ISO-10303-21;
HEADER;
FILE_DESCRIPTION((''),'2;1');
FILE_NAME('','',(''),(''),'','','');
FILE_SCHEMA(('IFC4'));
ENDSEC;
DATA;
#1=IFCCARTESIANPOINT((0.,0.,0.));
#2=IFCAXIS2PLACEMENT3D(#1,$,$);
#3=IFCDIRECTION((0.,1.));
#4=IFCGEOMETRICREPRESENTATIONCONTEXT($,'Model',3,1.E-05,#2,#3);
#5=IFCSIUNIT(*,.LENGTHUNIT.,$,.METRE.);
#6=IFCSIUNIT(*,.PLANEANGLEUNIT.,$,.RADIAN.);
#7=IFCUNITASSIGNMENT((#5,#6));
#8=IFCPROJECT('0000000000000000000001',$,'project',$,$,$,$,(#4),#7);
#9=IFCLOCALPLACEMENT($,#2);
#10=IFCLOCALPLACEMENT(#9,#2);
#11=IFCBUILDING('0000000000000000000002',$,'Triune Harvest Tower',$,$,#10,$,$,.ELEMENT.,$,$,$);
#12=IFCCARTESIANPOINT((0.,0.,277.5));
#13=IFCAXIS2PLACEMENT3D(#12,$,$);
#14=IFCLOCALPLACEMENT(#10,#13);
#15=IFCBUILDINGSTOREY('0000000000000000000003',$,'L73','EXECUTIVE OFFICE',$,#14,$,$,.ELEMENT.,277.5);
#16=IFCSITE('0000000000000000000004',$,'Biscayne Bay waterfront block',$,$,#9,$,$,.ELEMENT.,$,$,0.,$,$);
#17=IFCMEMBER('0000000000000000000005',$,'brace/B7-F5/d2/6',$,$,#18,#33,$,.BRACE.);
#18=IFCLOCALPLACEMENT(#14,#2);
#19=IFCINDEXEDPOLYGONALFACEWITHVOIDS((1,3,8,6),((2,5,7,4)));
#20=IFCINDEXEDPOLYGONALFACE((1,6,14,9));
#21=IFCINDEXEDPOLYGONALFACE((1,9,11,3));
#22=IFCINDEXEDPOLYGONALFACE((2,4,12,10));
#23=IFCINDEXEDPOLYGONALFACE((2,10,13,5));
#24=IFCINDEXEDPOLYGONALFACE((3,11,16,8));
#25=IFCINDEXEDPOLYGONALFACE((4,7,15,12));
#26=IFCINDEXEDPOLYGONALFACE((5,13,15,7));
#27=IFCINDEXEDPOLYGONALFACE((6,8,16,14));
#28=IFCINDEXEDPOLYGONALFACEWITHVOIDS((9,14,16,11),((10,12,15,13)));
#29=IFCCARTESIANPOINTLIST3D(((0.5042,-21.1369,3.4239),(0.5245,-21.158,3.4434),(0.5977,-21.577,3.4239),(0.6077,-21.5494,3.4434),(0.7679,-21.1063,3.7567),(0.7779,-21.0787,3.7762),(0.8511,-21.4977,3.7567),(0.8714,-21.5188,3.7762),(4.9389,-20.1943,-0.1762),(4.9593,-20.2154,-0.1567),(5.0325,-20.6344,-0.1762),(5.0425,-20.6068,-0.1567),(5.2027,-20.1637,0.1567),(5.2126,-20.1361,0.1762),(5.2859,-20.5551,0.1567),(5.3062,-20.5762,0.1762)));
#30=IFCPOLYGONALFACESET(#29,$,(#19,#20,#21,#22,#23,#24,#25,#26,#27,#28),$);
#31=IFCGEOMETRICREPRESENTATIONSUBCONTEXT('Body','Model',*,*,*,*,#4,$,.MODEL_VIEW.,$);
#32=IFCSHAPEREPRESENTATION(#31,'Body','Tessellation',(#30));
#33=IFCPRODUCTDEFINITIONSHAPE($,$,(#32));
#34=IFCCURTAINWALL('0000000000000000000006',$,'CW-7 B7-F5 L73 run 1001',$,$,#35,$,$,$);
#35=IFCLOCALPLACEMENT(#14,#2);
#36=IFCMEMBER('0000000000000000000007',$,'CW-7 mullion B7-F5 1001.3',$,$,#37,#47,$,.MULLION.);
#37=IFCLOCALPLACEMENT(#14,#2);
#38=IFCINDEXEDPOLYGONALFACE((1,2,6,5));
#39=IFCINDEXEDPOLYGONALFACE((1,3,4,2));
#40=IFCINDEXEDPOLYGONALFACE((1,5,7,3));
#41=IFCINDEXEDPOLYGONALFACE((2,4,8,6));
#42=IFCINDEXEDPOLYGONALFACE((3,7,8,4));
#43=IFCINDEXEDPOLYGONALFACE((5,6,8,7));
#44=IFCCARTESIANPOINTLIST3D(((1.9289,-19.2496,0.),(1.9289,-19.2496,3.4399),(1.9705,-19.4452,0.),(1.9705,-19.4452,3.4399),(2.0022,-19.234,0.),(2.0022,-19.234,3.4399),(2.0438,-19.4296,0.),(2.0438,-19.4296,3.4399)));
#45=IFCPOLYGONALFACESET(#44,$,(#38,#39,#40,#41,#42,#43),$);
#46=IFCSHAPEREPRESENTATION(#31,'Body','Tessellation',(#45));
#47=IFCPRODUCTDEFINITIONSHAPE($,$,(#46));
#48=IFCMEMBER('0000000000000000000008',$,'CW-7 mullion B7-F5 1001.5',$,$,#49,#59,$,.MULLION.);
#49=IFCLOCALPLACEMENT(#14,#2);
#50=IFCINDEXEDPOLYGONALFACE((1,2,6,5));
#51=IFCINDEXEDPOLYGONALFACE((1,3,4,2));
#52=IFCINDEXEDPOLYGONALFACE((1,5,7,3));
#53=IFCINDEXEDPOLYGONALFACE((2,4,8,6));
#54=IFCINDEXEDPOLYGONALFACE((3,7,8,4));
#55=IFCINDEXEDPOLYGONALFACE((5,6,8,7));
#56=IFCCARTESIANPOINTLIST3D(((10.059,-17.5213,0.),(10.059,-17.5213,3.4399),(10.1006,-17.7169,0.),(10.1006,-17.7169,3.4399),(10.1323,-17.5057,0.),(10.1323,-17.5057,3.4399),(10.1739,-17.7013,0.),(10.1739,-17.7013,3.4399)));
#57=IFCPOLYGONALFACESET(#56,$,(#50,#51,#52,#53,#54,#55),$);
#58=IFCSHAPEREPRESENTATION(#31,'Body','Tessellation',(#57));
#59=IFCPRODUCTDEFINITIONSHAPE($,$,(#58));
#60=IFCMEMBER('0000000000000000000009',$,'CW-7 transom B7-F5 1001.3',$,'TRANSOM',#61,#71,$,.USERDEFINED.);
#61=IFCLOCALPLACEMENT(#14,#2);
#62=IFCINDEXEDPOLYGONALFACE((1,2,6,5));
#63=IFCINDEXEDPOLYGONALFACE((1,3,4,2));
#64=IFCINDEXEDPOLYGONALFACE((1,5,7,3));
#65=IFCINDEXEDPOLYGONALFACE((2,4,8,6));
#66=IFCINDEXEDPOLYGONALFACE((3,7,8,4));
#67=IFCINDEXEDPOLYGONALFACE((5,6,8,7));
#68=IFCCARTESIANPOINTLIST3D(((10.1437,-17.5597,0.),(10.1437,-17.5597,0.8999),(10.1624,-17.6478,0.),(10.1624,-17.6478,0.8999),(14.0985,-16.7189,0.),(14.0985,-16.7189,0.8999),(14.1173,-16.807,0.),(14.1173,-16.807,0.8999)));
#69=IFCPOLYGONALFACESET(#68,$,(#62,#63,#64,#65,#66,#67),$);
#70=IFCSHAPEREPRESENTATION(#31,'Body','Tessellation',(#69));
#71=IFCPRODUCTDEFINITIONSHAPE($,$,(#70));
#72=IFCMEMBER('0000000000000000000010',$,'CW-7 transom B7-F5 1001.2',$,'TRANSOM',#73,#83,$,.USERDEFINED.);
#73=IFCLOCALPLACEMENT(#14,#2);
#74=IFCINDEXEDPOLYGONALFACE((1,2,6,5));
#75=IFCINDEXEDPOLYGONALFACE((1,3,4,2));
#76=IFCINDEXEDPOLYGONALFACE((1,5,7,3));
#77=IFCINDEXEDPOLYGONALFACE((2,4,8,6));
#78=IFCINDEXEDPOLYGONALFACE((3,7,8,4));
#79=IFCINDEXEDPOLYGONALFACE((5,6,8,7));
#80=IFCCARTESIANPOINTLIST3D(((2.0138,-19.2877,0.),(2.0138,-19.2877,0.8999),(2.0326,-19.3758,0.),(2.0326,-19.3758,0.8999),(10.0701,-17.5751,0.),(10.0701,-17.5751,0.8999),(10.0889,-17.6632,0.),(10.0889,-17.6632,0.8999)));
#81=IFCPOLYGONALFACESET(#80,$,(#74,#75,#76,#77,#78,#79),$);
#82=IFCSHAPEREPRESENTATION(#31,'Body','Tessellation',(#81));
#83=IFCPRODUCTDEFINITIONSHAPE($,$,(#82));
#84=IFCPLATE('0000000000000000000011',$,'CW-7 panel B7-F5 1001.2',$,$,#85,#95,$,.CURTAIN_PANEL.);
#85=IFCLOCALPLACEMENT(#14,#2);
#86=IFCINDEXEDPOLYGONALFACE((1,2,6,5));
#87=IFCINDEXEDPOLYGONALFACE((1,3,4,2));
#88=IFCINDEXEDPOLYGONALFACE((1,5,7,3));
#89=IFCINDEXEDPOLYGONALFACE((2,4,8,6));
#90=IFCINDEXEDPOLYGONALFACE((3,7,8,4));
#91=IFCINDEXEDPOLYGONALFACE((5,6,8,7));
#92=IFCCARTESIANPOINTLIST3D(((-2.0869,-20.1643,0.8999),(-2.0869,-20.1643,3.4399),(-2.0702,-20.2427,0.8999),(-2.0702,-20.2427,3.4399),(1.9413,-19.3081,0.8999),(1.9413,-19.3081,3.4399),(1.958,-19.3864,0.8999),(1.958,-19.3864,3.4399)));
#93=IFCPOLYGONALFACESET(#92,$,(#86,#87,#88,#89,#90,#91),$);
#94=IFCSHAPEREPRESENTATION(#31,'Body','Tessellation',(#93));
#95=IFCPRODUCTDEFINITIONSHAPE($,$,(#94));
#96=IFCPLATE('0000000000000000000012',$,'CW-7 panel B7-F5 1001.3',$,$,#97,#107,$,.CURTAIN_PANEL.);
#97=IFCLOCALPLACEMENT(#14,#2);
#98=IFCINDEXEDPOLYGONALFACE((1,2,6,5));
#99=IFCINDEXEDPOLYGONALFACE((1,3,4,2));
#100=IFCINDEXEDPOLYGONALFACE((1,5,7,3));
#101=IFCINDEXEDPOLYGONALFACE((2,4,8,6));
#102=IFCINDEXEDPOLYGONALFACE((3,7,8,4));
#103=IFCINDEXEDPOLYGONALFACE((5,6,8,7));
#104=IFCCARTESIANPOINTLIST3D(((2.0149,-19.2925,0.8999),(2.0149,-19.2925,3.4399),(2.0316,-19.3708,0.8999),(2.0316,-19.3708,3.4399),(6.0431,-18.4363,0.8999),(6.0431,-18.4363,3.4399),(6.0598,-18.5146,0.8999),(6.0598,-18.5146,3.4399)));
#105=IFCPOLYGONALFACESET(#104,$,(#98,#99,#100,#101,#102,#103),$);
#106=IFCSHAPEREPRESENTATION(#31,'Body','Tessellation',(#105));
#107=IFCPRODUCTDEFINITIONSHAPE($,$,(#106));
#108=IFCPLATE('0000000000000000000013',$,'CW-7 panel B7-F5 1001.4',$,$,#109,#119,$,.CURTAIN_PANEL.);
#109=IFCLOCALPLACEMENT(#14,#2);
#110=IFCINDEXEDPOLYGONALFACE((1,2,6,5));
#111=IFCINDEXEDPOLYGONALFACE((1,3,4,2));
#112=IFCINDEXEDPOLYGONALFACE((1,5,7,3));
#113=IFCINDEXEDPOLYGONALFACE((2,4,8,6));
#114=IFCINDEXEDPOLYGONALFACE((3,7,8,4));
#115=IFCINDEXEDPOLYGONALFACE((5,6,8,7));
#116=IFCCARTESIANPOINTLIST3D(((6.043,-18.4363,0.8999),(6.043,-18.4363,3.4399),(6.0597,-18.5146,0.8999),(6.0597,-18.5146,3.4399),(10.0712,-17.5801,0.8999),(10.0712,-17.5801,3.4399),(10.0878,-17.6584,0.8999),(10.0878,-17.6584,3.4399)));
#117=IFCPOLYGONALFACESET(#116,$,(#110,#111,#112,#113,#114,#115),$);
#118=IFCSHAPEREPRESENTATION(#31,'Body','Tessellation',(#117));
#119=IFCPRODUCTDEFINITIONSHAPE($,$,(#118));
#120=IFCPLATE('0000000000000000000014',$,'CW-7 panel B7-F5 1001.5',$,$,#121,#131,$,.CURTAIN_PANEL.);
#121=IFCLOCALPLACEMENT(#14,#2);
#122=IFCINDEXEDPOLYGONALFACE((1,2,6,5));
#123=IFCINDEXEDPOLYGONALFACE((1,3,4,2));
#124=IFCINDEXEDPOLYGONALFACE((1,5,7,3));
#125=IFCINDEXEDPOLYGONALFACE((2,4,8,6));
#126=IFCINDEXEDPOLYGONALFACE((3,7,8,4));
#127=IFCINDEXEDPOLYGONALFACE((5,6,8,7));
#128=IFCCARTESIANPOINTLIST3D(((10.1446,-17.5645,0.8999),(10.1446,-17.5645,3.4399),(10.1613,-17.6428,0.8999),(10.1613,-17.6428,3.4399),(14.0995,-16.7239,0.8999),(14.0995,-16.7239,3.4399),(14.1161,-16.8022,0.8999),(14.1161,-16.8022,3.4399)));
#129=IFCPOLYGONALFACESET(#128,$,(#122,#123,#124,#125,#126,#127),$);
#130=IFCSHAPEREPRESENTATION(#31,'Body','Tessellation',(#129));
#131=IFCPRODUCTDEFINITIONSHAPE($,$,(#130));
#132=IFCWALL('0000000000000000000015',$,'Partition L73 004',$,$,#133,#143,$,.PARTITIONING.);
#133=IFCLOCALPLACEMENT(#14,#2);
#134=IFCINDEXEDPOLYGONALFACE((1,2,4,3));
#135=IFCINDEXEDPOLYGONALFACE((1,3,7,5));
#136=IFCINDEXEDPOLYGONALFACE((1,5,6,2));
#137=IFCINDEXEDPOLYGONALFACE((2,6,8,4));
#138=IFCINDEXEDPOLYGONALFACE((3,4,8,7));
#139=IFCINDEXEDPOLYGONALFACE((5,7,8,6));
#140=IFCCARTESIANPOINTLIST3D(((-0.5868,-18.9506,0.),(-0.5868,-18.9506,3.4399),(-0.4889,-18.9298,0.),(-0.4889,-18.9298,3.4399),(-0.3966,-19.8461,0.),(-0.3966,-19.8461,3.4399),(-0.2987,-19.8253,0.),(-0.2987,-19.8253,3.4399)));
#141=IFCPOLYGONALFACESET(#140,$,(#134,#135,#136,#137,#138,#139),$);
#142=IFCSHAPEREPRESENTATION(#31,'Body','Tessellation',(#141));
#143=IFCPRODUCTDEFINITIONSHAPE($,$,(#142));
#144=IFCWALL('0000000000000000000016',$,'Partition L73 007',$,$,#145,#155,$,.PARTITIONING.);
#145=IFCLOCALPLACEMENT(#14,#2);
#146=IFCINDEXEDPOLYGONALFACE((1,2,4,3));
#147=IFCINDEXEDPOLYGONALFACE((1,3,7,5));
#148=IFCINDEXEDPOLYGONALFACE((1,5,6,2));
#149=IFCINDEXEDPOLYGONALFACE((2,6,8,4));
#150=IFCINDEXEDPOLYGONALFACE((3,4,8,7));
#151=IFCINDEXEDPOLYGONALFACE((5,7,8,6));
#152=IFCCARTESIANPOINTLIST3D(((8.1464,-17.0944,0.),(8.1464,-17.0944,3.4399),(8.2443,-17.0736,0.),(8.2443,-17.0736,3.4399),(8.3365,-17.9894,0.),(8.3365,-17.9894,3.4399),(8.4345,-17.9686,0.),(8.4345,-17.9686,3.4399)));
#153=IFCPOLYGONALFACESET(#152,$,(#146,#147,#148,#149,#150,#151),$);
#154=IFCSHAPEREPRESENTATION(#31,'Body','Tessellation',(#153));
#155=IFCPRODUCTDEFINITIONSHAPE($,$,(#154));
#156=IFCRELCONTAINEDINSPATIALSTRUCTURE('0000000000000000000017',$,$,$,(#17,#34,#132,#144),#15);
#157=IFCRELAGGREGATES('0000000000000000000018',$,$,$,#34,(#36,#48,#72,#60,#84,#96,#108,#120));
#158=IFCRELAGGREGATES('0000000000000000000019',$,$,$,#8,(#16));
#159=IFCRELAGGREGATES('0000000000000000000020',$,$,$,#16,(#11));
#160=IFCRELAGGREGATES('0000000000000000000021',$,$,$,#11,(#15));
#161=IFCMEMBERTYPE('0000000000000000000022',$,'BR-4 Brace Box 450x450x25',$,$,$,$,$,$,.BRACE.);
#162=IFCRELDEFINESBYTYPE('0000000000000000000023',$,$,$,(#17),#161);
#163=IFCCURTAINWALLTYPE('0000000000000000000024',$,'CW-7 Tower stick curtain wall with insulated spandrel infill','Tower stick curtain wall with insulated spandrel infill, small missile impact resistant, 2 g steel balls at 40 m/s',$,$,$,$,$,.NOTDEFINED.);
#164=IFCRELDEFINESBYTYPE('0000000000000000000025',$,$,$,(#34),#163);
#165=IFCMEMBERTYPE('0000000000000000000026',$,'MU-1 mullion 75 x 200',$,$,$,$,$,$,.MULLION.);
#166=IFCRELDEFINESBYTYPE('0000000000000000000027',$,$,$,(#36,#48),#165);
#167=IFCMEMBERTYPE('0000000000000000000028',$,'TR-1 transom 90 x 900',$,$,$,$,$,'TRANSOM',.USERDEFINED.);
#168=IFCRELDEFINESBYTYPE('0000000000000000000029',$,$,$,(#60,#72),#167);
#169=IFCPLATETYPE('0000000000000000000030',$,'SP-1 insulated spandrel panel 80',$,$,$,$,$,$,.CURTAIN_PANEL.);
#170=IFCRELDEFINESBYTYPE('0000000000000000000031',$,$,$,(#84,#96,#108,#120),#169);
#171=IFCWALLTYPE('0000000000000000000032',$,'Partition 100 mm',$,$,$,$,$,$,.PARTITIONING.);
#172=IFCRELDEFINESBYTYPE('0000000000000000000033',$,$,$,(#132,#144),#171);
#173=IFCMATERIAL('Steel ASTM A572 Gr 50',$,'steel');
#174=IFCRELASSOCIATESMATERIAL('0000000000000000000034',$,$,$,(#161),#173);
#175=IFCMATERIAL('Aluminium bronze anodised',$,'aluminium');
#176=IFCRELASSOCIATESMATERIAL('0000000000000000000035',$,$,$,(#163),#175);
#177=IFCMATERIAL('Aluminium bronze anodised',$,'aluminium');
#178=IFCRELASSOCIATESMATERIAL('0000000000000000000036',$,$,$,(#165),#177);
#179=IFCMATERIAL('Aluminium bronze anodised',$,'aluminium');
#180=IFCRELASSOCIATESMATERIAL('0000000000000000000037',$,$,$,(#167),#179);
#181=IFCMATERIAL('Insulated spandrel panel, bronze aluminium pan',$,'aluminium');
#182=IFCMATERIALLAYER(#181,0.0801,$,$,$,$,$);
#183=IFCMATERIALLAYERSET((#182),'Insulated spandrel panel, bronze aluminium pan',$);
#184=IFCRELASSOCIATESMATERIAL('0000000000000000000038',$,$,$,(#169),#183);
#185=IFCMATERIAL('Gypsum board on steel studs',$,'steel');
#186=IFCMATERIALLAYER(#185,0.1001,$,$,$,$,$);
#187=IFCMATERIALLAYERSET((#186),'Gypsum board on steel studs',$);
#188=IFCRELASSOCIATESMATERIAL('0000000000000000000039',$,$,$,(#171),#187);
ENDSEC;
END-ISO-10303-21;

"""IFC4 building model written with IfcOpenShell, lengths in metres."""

from ifc_helpers import new_model, si_unit, direction, frame, frame_2d, origin, origin_2d, place, context, subcontext, project, spatial, rectangle, hollow_rectangle, extrude, source, transform, mapped, material, layer, layer_set, material_profile, profile_set, type_object, element, aggregate, save


model = new_model("IFC4")

# Units and contexts
model_context = context("Model", 3, precision=1e-05, world=origin(), true_north=direction((0.0, 1.0)))
body_context = subcontext(model_context, "Body", "Model", "MODEL_VIEW")
ifc_project = project(units=[si_unit("LENGTHUNIT", "METRE"), si_unit("PLANEANGLEUNIT", "RADIAN")], contexts=[model_context])

# Site, building, storey
site_placement = place(None, origin())
site = spatial("IfcSite", under=ifc_project, at=site_placement, Name="Biscayne Bay waterfront block", CompositionType="ELEMENT", RefElevation=0.0)
building_placement = place(site_placement, origin())
building = spatial("IfcBuilding", under=site, at=building_placement, Name="Triune Harvest Tower", CompositionType="ELEMENT")
storey_placement = place(building_placement, frame((0.0, 0.0, 277.5)))
storey = spatial("IfcBuildingStorey", under=building, at=storey_placement, Name="L73", Description="EXECUTIVE OFFICE", CompositionType="ELEMENT", Elevation=277.5)

# Member
ifc_material_1 = material(Name="Steel ASTM A572 Gr 50", Category="steel")
ifc_material_profile_1 = material_profile(ifc_material_1, hollow_rectangle(XDim=0.45, YDim=0.45, WallThickness=0.0249, at=origin_2d()), Name="Box 450x450x25")
ifc_profile_set_1 = profile_set([ifc_material_profile_1], Name="Steel ASTM A572 Gr 50")
member_type_1 = type_object("IfcMemberType", Name="BR-4 Brace Box 450x450x25", PredefinedType="BRACE", material=ifc_profile_set_1)
shared_shape_1 = source(origin(), body_context, "Body", "SweptSolid", [
    extrude(hollow_rectangle(XDim=0.45, YDim=0.45, WallThickness=0.0249, at=origin_2d()), origin(), (0.0, 0.0, 1.0), 5.7893),
])
for number, where, z_axis, x_axis, name in (
    (1, (5.1226, -20.3853, 0.0), (-0.766027, -0.16282, 0.621846), (0.207907, -0.978149, 0.0), "brace/B7-F5/d2/6"),
):
    element("IfcMember", number, at=place(storey_placement, frame(where, z_axis=z_axis, x_axis=x_axis)), inside=storey, type_object=member_type_1, Name=name, PredefinedType="BRACE", context=body_context, shape_type="MappedRepresentation", body=[
        mapped(shared_shape_1, transform((0.0, 0.0, 0.0), scale=1.0)),
    ])

# Curtain wall, members, plates
ifc_material_2 = material(Name="Aluminium bronze anodised", Category="aluminium")
curtain_wall_type = type_object("IfcCurtainWallType", Name="CW-7 Tower stick curtain wall with insulated spandrel infill", Description="Tower stick curtain wall with insulated spandrel infill, small missile impact resistant, 2 g steel balls at 40 m/s", PredefinedType="NOTDEFINED", material=ifc_material_2)
curtain_wall_placement = place(storey_placement, origin())
curtain_wall = element("IfcCurtainWall", 2, at=curtain_wall_placement, inside=storey, type_object=curtain_wall_type, Name="CW-7 B7-F5 L73 run 1001")
ifc_material_3 = material(Name="Aluminium bronze anodised", Category="aluminium")
ifc_material_profile_2 = material_profile(ifc_material_3, rectangle(XDim=0.2, YDim=0.075, at=origin_2d()), Name="MU-1 mullion 75 x 200")
ifc_profile_set_2 = profile_set([ifc_material_profile_2], Name="Aluminium bronze anodised")
member_type_2 = type_object("IfcMemberType", Name="MU-1 mullion 75 x 200", PredefinedType="MULLION", material=ifc_profile_set_2)
shared_shape_2 = source(origin(), body_context, "Body", "SweptSolid", [
    extrude(rectangle(XDim=0.2, YDim=0.075, at=origin_2d()), origin(), (0.0, 0.0, 1.0), 3.4399),
])
member_1_placement = place(storey_placement, frame((1.9863, -19.3396, 0.0), z_axis=(0.0, 0.0, 1.0), x_axis=(-0.207913, 0.978147, 0.0)))
member_1 = element("IfcMember", 3, at=member_1_placement, type_object=member_type_2, Name="CW-7 mullion B7-F5 1001.3", PredefinedType="MULLION", context=body_context, shape_type="MappedRepresentation", body=[
    mapped(shared_shape_2, transform((0.0, 0.0, 0.0), scale=1.0)),
])
member_2_placement = place(storey_placement, frame((10.1165, -17.6113, 0.0), z_axis=(0.0, 0.0, 1.0), x_axis=(-0.207913, 0.978147, 0.0)))
member_2 = element("IfcMember", 4, at=member_2_placement, type_object=member_type_2, Name="CW-7 mullion B7-F5 1001.5", PredefinedType="MULLION", context=body_context, shape_type="MappedRepresentation", body=[
    mapped(shared_shape_2, transform((0.0, 0.0, 0.0), scale=1.0)),
])
ifc_material_4 = material(Name="Aluminium bronze anodised", Category="aluminium")
ifc_material_profile_3 = material_profile(ifc_material_4, rectangle(XDim=0.0901, YDim=0.8999, at=origin_2d()), Name="TR-1 transom 90 x 900")
ifc_profile_set_3 = profile_set([ifc_material_profile_3], Name="Aluminium bronze anodised")
member_type_3 = type_object("IfcMemberType", Name="TR-1 transom 90 x 900", ElementType="TRANSOM", PredefinedType="USERDEFINED", material=ifc_profile_set_3)
shared_shape_3 = source(origin(), body_context, "Body", "SweptSolid", [
    extrude(rectangle(XDim=0.0901, YDim=0.8999, at=origin_2d()), origin(), (0.0, 0.0, 1.0), 4.0432),
])
member_3_placement = place(storey_placement, frame((10.1531, -17.6038, 0.45), z_axis=(0.978138, 0.207958, 0.0), x_axis=(-0.207958, 0.978138, 0.0)))
member_3 = element("IfcMember", 5, at=member_3_placement, type_object=member_type_3, Name="CW-7 transom B7-F5 1001.3", ObjectType="TRANSOM", PredefinedType="USERDEFINED", context=body_context, shape_type="MappedRepresentation", body=[
    mapped(shared_shape_3, transform((0.0, 0.0, 0.0), scale=1.0)),
])
shared_shape_4 = source(origin(), body_context, "Body", "SweptSolid", [
    extrude(rectangle(XDim=0.0901, YDim=0.8999, at=origin_2d()), origin(), (0.0, 0.0, 1.0), 8.2363),
])
member_4_placement = place(storey_placement, frame((2.0232, -19.3318, 0.45), z_axis=(0.978143, 0.207936, 0.0), x_axis=(-0.207936, 0.978143, 0.0)))
member_4 = element("IfcMember", 6, at=member_4_placement, type_object=member_type_3, Name="CW-7 transom B7-F5 1001.2", ObjectType="TRANSOM", PredefinedType="USERDEFINED", context=body_context, shape_type="MappedRepresentation", body=[
    mapped(shared_shape_4, transform((0.0, 0.0, 0.0), scale=1.0)),
])
ifc_material_5 = material(Name="Insulated spandrel panel, bronze aluminium pan", Category="aluminium")
ifc_layer_1 = layer(ifc_material_5, 0.0801)
ifc_layer_set_1 = layer_set([ifc_layer_1], Name="Insulated spandrel panel, bronze aluminium pan")
plate_type = type_object("IfcPlateType", Name="SP-1 insulated spandrel panel 80", PredefinedType="CURTAIN_PANEL", material=ifc_layer_set_1)
shared_shape_5 = source(origin(), body_context, "Body", "SweptSolid", [
    extrude(rectangle(XDim=4.1182, YDim=0.0801, at=origin_2d()), origin(), (0.0, 0.0, 1.0), 2.54),
])
plate_1_placement = place(storey_placement, frame((-0.0645, -19.7754, 0.8999), z_axis=(0.0, 0.0, 1.0), x_axis=(0.978147, 0.207913, 0.0)))
plate_1 = element("IfcPlate", 7, at=plate_1_placement, type_object=plate_type, Name="CW-7 panel B7-F5 1001.2", PredefinedType="CURTAIN_PANEL", context=body_context, shape_type="MappedRepresentation", body=[
    mapped(shared_shape_5, transform((0.0, 0.0, 0.0), scale=1.0)),
])
plate_2_placement = place(storey_placement, frame((4.0374, -18.9036, 0.8999), z_axis=(0.0, 0.0, 1.0), x_axis=(0.978147, 0.207913, 0.0)))
plate_2 = element("IfcPlate", 8, at=plate_2_placement, type_object=plate_type, Name="CW-7 panel B7-F5 1001.3", PredefinedType="CURTAIN_PANEL", context=body_context, shape_type="MappedRepresentation", body=[
    mapped(shared_shape_5, transform((0.0, 0.0, 0.0), scale=1.0)),
])
plate_3_placement = place(storey_placement, frame((8.0654, -18.0474, 0.8999), z_axis=(0.0, 0.0, 1.0), x_axis=(0.978147, 0.207913, 0.0)))
plate_3 = element("IfcPlate", 9, at=plate_3_placement, type_object=plate_type, Name="CW-7 panel B7-F5 1001.4", PredefinedType="CURTAIN_PANEL", context=body_context, shape_type="MappedRepresentation", body=[
    mapped(shared_shape_5, transform((0.0, 0.0, 0.0), scale=1.0)),
])
shared_shape_6 = source(origin(), body_context, "Body", "SweptSolid", [
    extrude(rectangle(XDim=4.0432, YDim=0.0801, at=origin_2d()), origin(), (0.0, 0.0, 1.0), 2.54),
])
plate_4_placement = place(storey_placement, frame((12.1304, -17.1833, 0.8999), z_axis=(0.0, 0.0, 1.0), x_axis=(0.978147, 0.207913, 0.0)))
plate_4 = element("IfcPlate", 10, at=plate_4_placement, type_object=plate_type, Name="CW-7 panel B7-F5 1001.5", PredefinedType="CURTAIN_PANEL", context=body_context, shape_type="MappedRepresentation", body=[
    mapped(shared_shape_6, transform((0.0, 0.0, 0.0), scale=1.0)),
])
aggregate(curtain_wall, [member_1, member_2, member_4, member_3, plate_1, plate_2, plate_3, plate_4])

# Walls
ifc_material_6 = material(Name="Gypsum board on steel studs", Category="steel")
ifc_layer_2 = layer(ifc_material_6, 0.1001)
ifc_layer_set_2 = layer_set([ifc_layer_2], Name="Gypsum board on steel studs")
wall_type = type_object("IfcWallType", Name="Partition 100 mm", PredefinedType="PARTITIONING", material=ifc_layer_set_2)
shared_shape_7 = source(origin(), body_context, "Body", "SweptSolid", [
    extrude(rectangle(XDim=0.9155, YDim=0.1001, at=frame_2d((0.4578, 0.0))), origin(), (0.0, 0.0, 1.0), 3.4399),
])
wall_1_placement = place(storey_placement, frame((-0.5378, -18.9402, 0.0), z_axis=(0.0, 0.0, 1.0), x_axis=(0.207744, -0.978183, 0.0)))
element("IfcWall", 11, at=wall_1_placement, inside=storey, type_object=wall_type, Name="Partition L73 004", PredefinedType="PARTITIONING", context=body_context, shape_type="MappedRepresentation", body=[
    mapped(shared_shape_7, transform((0.0, 0.0, 0.0), scale=1.0)),
])
shared_shape_8 = source(origin(), body_context, "Body", "SweptSolid", [
    extrude(rectangle(XDim=0.915, YDim=0.1001, at=frame_2d((0.4575, 0.0))), origin(), (0.0, 0.0, 1.0), 3.4399),
])
wall_2_placement = place(storey_placement, frame((8.1953, -17.084, 0.0), z_axis=(0.0, 0.0, 1.0), x_axis=(0.207852, -0.97816, 0.0)))
element("IfcWall", 12, at=wall_2_placement, inside=storey, type_object=wall_type, Name="Partition L73 007", PredefinedType="PARTITIONING", context=body_context, shape_type="MappedRepresentation", body=[
    mapped(shared_shape_8, transform((0.0, 0.0, 0.0), scale=1.0)),
])

save(model, "model.ifc")
